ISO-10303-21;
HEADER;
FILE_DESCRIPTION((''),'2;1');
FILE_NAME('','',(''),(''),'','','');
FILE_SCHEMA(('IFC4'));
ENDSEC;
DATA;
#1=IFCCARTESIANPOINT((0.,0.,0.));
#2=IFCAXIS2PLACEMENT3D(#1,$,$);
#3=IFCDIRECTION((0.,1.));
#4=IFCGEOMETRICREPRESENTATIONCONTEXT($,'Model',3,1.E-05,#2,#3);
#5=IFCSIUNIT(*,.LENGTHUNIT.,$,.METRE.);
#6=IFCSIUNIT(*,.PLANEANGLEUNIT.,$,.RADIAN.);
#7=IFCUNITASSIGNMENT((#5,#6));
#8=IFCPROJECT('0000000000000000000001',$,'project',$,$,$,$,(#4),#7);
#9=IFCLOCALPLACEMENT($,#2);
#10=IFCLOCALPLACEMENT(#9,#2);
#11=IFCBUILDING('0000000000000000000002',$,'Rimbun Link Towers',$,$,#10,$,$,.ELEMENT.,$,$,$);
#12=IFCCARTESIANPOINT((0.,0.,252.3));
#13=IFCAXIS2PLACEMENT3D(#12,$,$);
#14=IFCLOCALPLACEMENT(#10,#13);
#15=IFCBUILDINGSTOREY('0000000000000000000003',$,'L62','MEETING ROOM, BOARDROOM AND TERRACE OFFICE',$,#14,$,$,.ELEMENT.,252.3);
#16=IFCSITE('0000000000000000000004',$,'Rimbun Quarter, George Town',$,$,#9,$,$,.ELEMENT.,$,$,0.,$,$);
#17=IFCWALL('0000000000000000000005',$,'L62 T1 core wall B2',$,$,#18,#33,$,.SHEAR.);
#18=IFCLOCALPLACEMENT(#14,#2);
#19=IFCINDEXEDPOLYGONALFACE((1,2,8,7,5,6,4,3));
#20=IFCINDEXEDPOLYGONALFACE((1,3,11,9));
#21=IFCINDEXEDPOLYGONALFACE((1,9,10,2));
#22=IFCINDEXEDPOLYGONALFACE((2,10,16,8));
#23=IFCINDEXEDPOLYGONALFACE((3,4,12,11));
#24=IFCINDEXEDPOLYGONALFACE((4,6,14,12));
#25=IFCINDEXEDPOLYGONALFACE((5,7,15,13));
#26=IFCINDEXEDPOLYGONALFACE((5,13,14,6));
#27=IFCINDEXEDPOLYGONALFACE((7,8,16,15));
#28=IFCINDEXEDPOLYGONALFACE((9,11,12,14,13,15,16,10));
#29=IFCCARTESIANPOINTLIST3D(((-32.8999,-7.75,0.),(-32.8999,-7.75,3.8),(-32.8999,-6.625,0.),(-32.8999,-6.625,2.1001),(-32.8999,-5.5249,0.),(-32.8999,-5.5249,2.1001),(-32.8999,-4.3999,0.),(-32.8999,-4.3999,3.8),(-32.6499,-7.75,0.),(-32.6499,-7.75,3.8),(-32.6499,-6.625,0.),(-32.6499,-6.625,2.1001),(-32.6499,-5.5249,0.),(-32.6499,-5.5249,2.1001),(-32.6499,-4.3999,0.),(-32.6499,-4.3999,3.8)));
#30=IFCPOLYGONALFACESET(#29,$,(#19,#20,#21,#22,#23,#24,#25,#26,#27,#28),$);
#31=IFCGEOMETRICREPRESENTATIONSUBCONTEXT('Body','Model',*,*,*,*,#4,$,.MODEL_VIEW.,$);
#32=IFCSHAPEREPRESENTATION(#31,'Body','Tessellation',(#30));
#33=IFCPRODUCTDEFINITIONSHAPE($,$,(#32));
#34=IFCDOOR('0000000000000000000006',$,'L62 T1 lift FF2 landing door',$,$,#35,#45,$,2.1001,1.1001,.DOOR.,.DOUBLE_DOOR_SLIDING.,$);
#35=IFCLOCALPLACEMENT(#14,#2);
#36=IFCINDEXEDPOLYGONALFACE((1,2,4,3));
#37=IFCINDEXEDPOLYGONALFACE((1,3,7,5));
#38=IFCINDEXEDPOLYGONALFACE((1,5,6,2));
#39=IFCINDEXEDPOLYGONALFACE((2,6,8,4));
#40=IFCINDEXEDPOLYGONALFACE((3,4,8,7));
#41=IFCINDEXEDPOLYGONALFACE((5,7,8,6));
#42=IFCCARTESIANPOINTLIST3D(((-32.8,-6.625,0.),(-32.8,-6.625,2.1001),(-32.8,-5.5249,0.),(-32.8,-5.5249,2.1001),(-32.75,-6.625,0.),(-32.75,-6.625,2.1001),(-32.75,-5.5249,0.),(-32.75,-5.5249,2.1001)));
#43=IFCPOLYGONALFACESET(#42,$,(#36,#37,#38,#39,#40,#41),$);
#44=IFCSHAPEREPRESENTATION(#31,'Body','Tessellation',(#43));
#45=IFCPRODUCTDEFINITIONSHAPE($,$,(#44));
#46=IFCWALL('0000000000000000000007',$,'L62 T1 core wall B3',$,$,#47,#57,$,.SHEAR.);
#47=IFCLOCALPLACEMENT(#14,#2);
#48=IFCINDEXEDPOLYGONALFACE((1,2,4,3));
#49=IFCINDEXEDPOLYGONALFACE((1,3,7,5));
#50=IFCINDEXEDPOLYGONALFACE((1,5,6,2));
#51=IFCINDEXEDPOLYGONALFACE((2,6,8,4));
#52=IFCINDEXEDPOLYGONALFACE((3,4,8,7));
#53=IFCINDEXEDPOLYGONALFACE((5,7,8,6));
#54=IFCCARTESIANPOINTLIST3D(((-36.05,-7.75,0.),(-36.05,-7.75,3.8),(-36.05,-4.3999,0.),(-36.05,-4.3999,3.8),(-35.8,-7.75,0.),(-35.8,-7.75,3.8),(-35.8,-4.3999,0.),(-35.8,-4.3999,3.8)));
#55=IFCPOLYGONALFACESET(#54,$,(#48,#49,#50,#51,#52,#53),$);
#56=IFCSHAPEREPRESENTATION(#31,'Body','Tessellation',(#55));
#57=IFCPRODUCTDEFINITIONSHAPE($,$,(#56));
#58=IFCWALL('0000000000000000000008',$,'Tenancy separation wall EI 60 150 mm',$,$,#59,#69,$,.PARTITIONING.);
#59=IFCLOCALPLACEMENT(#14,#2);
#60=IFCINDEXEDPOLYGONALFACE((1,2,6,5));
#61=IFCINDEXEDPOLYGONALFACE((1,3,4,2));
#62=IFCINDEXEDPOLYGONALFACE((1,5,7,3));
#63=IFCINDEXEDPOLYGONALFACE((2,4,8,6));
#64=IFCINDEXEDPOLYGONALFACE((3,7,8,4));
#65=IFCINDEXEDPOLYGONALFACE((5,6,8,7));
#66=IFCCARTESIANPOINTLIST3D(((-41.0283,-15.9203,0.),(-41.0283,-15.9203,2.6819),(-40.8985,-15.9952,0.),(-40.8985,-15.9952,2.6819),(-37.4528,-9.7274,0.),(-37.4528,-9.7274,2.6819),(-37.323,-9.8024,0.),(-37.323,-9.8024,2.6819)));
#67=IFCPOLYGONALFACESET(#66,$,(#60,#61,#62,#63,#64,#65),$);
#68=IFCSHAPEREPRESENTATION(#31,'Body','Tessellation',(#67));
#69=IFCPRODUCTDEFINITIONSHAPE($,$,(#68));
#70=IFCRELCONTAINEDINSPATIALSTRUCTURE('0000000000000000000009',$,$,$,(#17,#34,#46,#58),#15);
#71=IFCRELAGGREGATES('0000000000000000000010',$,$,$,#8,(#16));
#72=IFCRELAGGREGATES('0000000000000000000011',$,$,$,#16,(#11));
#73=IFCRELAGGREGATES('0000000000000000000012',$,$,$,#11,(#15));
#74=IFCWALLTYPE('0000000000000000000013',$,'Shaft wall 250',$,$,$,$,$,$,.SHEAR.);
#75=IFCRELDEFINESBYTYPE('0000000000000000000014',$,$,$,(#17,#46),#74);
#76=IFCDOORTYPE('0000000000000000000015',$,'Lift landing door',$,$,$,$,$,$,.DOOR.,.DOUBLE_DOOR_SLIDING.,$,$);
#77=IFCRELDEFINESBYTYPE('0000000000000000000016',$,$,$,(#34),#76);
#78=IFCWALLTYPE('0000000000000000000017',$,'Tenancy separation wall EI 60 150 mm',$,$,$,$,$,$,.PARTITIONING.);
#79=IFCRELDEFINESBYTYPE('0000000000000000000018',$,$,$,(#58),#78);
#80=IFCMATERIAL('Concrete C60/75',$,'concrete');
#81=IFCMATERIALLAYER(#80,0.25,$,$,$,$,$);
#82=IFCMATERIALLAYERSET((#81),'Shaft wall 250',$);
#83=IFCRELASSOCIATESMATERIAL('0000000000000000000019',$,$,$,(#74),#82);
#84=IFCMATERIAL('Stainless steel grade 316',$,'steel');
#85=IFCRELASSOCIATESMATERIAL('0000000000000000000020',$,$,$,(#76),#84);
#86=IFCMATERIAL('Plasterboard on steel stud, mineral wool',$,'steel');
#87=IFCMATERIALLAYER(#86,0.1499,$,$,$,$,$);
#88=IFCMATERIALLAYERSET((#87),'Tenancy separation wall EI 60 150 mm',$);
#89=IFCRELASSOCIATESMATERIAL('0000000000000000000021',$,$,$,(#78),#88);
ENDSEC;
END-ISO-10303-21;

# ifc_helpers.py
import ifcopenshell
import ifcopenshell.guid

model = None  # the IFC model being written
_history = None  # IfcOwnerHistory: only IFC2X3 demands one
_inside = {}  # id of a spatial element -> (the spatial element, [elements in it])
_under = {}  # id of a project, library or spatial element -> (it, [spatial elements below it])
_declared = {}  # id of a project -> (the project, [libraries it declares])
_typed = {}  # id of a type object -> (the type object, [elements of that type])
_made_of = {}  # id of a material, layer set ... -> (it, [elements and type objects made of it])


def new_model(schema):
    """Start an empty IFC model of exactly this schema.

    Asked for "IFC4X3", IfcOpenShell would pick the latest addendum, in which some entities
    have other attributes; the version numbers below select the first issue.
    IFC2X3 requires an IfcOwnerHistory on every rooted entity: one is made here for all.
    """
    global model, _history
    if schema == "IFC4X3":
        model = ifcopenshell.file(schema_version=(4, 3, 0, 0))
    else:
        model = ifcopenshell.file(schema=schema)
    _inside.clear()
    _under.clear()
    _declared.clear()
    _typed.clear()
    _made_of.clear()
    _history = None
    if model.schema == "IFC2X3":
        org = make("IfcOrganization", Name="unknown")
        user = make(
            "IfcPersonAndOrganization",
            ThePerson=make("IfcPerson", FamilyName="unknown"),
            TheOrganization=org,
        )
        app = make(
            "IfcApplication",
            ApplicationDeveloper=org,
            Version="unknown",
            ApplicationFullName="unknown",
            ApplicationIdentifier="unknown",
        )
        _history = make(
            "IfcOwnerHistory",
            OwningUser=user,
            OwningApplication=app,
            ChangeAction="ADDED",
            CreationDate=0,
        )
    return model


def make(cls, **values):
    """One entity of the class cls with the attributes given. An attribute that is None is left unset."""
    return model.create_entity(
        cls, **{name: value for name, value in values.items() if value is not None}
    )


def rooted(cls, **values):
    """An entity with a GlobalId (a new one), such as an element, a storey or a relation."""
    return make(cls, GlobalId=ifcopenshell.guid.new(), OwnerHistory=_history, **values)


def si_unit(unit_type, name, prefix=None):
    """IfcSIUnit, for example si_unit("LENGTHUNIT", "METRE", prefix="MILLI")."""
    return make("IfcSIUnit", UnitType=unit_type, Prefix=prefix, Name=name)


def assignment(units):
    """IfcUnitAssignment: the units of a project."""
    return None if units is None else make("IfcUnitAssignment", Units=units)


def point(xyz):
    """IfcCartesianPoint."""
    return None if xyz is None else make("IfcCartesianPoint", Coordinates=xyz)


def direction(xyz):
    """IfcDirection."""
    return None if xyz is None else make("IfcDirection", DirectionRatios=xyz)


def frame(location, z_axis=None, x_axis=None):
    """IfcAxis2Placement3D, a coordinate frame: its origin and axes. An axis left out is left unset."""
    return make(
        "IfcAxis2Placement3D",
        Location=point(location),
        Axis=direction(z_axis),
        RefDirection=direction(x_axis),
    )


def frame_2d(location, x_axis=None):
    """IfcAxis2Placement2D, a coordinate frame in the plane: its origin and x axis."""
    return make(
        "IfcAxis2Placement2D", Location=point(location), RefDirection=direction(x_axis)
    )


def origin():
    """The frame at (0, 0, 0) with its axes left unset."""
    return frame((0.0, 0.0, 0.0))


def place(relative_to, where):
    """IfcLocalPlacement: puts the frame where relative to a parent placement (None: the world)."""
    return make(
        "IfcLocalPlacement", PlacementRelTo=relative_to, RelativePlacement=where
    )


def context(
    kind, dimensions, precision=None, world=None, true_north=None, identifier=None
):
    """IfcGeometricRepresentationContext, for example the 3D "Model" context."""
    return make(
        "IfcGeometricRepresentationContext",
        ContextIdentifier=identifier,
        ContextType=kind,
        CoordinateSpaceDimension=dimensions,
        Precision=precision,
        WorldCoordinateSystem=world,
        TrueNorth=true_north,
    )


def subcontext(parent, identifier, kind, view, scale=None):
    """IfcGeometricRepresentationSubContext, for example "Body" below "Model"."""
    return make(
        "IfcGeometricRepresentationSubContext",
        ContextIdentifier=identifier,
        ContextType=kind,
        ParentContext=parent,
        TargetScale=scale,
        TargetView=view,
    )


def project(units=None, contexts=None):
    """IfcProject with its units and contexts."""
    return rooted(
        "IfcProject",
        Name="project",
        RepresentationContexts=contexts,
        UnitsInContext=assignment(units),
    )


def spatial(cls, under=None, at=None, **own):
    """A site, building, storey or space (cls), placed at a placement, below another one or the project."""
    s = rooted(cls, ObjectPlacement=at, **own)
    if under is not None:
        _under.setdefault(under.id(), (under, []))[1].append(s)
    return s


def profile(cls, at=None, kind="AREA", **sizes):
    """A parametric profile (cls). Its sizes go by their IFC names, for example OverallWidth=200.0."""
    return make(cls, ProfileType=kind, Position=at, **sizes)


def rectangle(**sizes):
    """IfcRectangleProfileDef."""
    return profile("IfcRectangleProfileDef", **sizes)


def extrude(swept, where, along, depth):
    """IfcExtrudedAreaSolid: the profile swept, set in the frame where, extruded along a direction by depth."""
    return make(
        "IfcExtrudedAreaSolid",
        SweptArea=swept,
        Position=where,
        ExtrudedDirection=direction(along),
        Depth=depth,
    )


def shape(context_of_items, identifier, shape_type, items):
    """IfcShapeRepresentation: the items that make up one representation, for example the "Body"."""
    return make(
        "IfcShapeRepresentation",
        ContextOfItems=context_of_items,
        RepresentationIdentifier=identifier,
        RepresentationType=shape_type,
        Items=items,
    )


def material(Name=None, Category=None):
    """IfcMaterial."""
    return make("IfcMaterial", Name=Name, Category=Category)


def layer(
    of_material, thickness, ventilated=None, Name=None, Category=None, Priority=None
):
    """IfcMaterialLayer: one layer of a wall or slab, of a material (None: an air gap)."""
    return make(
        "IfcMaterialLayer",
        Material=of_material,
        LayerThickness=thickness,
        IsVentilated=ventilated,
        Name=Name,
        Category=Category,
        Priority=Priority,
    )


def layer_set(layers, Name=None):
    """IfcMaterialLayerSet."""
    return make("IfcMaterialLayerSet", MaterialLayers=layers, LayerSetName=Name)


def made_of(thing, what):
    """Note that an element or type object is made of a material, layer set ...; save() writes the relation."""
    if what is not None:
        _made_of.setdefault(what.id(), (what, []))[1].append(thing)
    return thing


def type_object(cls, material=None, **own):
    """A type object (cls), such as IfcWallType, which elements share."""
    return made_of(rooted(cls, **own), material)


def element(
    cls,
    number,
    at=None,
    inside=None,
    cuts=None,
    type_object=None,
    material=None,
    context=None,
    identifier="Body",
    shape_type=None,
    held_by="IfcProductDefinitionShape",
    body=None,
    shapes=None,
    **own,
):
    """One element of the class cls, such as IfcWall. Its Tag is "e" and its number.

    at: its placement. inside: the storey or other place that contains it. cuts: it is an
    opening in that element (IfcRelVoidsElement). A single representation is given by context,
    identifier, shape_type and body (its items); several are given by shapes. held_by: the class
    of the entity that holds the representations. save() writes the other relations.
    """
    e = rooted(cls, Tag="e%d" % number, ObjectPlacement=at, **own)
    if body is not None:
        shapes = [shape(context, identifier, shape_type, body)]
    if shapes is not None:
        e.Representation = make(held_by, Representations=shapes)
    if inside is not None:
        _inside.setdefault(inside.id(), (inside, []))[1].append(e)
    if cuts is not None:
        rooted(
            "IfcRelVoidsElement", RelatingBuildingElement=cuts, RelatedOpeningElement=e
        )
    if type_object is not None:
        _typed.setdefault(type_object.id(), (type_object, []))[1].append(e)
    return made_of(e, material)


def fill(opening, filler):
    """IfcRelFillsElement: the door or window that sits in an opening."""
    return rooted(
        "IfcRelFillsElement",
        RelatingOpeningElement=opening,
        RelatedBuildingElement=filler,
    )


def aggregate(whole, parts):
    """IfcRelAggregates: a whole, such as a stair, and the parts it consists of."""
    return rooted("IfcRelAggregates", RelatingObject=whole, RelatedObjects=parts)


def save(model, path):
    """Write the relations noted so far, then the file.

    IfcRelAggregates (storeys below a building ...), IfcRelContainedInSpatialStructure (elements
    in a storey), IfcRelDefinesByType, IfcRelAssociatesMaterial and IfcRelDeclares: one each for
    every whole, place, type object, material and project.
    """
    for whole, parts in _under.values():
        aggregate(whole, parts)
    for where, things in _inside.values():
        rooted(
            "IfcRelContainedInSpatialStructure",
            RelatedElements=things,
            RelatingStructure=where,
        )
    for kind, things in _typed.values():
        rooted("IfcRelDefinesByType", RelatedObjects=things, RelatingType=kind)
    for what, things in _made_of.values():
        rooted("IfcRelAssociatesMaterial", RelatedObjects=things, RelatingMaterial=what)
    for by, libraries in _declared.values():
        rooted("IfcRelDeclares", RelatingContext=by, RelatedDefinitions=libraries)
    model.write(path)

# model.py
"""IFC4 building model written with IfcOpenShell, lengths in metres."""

from ifc_helpers import new_model, si_unit, direction, frame, frame_2d, origin, place, context, subcontext, project, spatial, rectangle, extrude, material, layer, layer_set, type_object, element, fill, save


model = new_model("IFC4")

# Units and contexts
model_context = context("Model", 3, precision=1e-05, world=origin(), true_north=direction((0.0, 1.0)))
body_context = subcontext(model_context, "Body", "Model", "MODEL_VIEW")
ifc_project = project(units=[si_unit("LENGTHUNIT", "METRE"), si_unit("PLANEANGLEUNIT", "RADIAN")], contexts=[model_context])

# Site, building, storey
site_placement = place(None, origin())
site = spatial("IfcSite", under=ifc_project, at=site_placement, Name="Rimbun Quarter, George Town", CompositionType="ELEMENT", RefElevation=0.0)
building_placement = place(site_placement, origin())
building = spatial("IfcBuilding", under=site, at=building_placement, Name="Rimbun Link Towers", CompositionType="ELEMENT")
storey_placement = place(building_placement, frame((0.0, 0.0, 252.3)))
storey = spatial("IfcBuildingStorey", under=building, at=storey_placement, Name="L62", Description="MEETING ROOM, BOARDROOM AND TERRACE OFFICE", CompositionType="ELEMENT", Elevation=252.3)

# Shared definitions
ifc_material_1 = material(Name="Concrete C60/75", Category="concrete")
ifc_layer_1 = layer(ifc_material_1, 0.25)
ifc_layer_set_1 = layer_set([ifc_layer_1], Name="Shaft wall 250")
wall_type_1 = type_object("IfcWallType", Name="Shaft wall 250", PredefinedType="SHEAR", material=ifc_layer_set_1)

# Shared definitions
ifc_material_2 = material(Name="Stainless steel grade 316", Category="steel")
door_type_1 = type_object("IfcDoorType", Name="Lift landing door", OperationType="DOUBLE_DOOR_SLIDING", PredefinedType="DOOR", material=ifc_material_2)

# Wall, opening, door
wall_1_placement = place(storey_placement, frame((-32.7749, -4.3999, 0.0), z_axis=(0.0, 0.0, 1.0), x_axis=(0.0, -1.0, 0.0)))
wall_1 = element("IfcWall", 1, at=wall_1_placement, inside=storey, type_object=wall_type_1, Name="L62 T1 core wall B2", PredefinedType="SHEAR", context=body_context, shape_type="SweptSolid", body=[
    extrude(rectangle(XDim=3.3501, YDim=0.25, at=frame_2d((1.675, 0.0))), origin(), (0.0, 0.0, 1.0), 3.8),
])
opening_1_placement = place(wall_1_placement, frame((1.125, 0.0, 0.0)))
opening_1 = element("IfcOpeningElement", 2, at=opening_1_placement, cuts=wall_1, PredefinedType="OPENING", context=body_context, shape_type="SweptSolid", body=[
    extrude(rectangle(XDim=1.1001, YDim=2.1001, at=frame_2d((0.55, 1.05))), frame((0.0, 0.135, 0.0), z_axis=(0.0, -1.0, 0.0), x_axis=(1.0, 0.0, 0.0)), (0.0, 0.0, 1.0), 0.27),
])
door_1_placement = place(opening_1_placement, origin())
door_1 = element("IfcDoor", 3, at=door_1_placement, inside=storey, type_object=door_type_1, Name="L62 T1 lift FF2 landing door", OperationType="DOUBLE_DOOR_SLIDING", OverallHeight=2.1001, OverallWidth=1.1001, PredefinedType="DOOR", context=body_context, shape_type="SweptSolid", body=[
    extrude(rectangle(XDim=1.1001, YDim=2.1001, at=frame_2d((0.55, 1.05))), frame((0.0, 0.0249, 0.0), z_axis=(0.0, -1.0, 0.0), x_axis=(1.0, 0.0, 0.0)), (0.0, 0.0, 1.0), 0.05),
])
fill(opening_1, door_1)

# Walls
wall_2_placement = place(storey_placement, frame((-35.925, -4.3999, 0.0), z_axis=(0.0, 0.0, 1.0), x_axis=(0.0, -1.0, 0.0)))
element("IfcWall", 4, at=wall_2_placement, inside=storey, type_object=wall_type_1, Name="L62 T1 core wall B3", PredefinedType="SHEAR", context=body_context, shape_type="SweptSolid", body=[
    extrude(rectangle(XDim=3.3501, YDim=0.25, at=frame_2d((1.675, 0.0))), origin(), (0.0, 0.0, 1.0), 3.8),
])
ifc_material_3 = material(Name="Plasterboard on steel stud, mineral wool", Category="steel")
ifc_layer_2 = layer(ifc_material_3, 0.1499)
ifc_layer_set_2 = layer_set([ifc_layer_2], Name="Tenancy separation wall EI 60 150 mm")
wall_type_2 = type_object("IfcWallType", Name="Tenancy separation wall EI 60 150 mm", PredefinedType="PARTITIONING", material=ifc_layer_set_2)
wall_3_placement = place(storey_placement, frame((-37.3879, -9.7649, 0.0), z_axis=(0.0, 0.0, 1.0), x_axis=(-0.499998, -0.866026, 0.0)))
element("IfcWall", 5, at=wall_3_placement, inside=storey, type_object=wall_type_2, Name="Tenancy separation wall EI 60 150 mm", PredefinedType="PARTITIONING", context=body_context, shape_type="SweptSolid", body=[
    extrude(rectangle(XDim=7.1509, YDim=0.1499, at=frame_2d((3.5754, 0.0))), origin(), (0.0, 0.0, 1.0), 2.6819),
])

save(model, "model.ifc")
